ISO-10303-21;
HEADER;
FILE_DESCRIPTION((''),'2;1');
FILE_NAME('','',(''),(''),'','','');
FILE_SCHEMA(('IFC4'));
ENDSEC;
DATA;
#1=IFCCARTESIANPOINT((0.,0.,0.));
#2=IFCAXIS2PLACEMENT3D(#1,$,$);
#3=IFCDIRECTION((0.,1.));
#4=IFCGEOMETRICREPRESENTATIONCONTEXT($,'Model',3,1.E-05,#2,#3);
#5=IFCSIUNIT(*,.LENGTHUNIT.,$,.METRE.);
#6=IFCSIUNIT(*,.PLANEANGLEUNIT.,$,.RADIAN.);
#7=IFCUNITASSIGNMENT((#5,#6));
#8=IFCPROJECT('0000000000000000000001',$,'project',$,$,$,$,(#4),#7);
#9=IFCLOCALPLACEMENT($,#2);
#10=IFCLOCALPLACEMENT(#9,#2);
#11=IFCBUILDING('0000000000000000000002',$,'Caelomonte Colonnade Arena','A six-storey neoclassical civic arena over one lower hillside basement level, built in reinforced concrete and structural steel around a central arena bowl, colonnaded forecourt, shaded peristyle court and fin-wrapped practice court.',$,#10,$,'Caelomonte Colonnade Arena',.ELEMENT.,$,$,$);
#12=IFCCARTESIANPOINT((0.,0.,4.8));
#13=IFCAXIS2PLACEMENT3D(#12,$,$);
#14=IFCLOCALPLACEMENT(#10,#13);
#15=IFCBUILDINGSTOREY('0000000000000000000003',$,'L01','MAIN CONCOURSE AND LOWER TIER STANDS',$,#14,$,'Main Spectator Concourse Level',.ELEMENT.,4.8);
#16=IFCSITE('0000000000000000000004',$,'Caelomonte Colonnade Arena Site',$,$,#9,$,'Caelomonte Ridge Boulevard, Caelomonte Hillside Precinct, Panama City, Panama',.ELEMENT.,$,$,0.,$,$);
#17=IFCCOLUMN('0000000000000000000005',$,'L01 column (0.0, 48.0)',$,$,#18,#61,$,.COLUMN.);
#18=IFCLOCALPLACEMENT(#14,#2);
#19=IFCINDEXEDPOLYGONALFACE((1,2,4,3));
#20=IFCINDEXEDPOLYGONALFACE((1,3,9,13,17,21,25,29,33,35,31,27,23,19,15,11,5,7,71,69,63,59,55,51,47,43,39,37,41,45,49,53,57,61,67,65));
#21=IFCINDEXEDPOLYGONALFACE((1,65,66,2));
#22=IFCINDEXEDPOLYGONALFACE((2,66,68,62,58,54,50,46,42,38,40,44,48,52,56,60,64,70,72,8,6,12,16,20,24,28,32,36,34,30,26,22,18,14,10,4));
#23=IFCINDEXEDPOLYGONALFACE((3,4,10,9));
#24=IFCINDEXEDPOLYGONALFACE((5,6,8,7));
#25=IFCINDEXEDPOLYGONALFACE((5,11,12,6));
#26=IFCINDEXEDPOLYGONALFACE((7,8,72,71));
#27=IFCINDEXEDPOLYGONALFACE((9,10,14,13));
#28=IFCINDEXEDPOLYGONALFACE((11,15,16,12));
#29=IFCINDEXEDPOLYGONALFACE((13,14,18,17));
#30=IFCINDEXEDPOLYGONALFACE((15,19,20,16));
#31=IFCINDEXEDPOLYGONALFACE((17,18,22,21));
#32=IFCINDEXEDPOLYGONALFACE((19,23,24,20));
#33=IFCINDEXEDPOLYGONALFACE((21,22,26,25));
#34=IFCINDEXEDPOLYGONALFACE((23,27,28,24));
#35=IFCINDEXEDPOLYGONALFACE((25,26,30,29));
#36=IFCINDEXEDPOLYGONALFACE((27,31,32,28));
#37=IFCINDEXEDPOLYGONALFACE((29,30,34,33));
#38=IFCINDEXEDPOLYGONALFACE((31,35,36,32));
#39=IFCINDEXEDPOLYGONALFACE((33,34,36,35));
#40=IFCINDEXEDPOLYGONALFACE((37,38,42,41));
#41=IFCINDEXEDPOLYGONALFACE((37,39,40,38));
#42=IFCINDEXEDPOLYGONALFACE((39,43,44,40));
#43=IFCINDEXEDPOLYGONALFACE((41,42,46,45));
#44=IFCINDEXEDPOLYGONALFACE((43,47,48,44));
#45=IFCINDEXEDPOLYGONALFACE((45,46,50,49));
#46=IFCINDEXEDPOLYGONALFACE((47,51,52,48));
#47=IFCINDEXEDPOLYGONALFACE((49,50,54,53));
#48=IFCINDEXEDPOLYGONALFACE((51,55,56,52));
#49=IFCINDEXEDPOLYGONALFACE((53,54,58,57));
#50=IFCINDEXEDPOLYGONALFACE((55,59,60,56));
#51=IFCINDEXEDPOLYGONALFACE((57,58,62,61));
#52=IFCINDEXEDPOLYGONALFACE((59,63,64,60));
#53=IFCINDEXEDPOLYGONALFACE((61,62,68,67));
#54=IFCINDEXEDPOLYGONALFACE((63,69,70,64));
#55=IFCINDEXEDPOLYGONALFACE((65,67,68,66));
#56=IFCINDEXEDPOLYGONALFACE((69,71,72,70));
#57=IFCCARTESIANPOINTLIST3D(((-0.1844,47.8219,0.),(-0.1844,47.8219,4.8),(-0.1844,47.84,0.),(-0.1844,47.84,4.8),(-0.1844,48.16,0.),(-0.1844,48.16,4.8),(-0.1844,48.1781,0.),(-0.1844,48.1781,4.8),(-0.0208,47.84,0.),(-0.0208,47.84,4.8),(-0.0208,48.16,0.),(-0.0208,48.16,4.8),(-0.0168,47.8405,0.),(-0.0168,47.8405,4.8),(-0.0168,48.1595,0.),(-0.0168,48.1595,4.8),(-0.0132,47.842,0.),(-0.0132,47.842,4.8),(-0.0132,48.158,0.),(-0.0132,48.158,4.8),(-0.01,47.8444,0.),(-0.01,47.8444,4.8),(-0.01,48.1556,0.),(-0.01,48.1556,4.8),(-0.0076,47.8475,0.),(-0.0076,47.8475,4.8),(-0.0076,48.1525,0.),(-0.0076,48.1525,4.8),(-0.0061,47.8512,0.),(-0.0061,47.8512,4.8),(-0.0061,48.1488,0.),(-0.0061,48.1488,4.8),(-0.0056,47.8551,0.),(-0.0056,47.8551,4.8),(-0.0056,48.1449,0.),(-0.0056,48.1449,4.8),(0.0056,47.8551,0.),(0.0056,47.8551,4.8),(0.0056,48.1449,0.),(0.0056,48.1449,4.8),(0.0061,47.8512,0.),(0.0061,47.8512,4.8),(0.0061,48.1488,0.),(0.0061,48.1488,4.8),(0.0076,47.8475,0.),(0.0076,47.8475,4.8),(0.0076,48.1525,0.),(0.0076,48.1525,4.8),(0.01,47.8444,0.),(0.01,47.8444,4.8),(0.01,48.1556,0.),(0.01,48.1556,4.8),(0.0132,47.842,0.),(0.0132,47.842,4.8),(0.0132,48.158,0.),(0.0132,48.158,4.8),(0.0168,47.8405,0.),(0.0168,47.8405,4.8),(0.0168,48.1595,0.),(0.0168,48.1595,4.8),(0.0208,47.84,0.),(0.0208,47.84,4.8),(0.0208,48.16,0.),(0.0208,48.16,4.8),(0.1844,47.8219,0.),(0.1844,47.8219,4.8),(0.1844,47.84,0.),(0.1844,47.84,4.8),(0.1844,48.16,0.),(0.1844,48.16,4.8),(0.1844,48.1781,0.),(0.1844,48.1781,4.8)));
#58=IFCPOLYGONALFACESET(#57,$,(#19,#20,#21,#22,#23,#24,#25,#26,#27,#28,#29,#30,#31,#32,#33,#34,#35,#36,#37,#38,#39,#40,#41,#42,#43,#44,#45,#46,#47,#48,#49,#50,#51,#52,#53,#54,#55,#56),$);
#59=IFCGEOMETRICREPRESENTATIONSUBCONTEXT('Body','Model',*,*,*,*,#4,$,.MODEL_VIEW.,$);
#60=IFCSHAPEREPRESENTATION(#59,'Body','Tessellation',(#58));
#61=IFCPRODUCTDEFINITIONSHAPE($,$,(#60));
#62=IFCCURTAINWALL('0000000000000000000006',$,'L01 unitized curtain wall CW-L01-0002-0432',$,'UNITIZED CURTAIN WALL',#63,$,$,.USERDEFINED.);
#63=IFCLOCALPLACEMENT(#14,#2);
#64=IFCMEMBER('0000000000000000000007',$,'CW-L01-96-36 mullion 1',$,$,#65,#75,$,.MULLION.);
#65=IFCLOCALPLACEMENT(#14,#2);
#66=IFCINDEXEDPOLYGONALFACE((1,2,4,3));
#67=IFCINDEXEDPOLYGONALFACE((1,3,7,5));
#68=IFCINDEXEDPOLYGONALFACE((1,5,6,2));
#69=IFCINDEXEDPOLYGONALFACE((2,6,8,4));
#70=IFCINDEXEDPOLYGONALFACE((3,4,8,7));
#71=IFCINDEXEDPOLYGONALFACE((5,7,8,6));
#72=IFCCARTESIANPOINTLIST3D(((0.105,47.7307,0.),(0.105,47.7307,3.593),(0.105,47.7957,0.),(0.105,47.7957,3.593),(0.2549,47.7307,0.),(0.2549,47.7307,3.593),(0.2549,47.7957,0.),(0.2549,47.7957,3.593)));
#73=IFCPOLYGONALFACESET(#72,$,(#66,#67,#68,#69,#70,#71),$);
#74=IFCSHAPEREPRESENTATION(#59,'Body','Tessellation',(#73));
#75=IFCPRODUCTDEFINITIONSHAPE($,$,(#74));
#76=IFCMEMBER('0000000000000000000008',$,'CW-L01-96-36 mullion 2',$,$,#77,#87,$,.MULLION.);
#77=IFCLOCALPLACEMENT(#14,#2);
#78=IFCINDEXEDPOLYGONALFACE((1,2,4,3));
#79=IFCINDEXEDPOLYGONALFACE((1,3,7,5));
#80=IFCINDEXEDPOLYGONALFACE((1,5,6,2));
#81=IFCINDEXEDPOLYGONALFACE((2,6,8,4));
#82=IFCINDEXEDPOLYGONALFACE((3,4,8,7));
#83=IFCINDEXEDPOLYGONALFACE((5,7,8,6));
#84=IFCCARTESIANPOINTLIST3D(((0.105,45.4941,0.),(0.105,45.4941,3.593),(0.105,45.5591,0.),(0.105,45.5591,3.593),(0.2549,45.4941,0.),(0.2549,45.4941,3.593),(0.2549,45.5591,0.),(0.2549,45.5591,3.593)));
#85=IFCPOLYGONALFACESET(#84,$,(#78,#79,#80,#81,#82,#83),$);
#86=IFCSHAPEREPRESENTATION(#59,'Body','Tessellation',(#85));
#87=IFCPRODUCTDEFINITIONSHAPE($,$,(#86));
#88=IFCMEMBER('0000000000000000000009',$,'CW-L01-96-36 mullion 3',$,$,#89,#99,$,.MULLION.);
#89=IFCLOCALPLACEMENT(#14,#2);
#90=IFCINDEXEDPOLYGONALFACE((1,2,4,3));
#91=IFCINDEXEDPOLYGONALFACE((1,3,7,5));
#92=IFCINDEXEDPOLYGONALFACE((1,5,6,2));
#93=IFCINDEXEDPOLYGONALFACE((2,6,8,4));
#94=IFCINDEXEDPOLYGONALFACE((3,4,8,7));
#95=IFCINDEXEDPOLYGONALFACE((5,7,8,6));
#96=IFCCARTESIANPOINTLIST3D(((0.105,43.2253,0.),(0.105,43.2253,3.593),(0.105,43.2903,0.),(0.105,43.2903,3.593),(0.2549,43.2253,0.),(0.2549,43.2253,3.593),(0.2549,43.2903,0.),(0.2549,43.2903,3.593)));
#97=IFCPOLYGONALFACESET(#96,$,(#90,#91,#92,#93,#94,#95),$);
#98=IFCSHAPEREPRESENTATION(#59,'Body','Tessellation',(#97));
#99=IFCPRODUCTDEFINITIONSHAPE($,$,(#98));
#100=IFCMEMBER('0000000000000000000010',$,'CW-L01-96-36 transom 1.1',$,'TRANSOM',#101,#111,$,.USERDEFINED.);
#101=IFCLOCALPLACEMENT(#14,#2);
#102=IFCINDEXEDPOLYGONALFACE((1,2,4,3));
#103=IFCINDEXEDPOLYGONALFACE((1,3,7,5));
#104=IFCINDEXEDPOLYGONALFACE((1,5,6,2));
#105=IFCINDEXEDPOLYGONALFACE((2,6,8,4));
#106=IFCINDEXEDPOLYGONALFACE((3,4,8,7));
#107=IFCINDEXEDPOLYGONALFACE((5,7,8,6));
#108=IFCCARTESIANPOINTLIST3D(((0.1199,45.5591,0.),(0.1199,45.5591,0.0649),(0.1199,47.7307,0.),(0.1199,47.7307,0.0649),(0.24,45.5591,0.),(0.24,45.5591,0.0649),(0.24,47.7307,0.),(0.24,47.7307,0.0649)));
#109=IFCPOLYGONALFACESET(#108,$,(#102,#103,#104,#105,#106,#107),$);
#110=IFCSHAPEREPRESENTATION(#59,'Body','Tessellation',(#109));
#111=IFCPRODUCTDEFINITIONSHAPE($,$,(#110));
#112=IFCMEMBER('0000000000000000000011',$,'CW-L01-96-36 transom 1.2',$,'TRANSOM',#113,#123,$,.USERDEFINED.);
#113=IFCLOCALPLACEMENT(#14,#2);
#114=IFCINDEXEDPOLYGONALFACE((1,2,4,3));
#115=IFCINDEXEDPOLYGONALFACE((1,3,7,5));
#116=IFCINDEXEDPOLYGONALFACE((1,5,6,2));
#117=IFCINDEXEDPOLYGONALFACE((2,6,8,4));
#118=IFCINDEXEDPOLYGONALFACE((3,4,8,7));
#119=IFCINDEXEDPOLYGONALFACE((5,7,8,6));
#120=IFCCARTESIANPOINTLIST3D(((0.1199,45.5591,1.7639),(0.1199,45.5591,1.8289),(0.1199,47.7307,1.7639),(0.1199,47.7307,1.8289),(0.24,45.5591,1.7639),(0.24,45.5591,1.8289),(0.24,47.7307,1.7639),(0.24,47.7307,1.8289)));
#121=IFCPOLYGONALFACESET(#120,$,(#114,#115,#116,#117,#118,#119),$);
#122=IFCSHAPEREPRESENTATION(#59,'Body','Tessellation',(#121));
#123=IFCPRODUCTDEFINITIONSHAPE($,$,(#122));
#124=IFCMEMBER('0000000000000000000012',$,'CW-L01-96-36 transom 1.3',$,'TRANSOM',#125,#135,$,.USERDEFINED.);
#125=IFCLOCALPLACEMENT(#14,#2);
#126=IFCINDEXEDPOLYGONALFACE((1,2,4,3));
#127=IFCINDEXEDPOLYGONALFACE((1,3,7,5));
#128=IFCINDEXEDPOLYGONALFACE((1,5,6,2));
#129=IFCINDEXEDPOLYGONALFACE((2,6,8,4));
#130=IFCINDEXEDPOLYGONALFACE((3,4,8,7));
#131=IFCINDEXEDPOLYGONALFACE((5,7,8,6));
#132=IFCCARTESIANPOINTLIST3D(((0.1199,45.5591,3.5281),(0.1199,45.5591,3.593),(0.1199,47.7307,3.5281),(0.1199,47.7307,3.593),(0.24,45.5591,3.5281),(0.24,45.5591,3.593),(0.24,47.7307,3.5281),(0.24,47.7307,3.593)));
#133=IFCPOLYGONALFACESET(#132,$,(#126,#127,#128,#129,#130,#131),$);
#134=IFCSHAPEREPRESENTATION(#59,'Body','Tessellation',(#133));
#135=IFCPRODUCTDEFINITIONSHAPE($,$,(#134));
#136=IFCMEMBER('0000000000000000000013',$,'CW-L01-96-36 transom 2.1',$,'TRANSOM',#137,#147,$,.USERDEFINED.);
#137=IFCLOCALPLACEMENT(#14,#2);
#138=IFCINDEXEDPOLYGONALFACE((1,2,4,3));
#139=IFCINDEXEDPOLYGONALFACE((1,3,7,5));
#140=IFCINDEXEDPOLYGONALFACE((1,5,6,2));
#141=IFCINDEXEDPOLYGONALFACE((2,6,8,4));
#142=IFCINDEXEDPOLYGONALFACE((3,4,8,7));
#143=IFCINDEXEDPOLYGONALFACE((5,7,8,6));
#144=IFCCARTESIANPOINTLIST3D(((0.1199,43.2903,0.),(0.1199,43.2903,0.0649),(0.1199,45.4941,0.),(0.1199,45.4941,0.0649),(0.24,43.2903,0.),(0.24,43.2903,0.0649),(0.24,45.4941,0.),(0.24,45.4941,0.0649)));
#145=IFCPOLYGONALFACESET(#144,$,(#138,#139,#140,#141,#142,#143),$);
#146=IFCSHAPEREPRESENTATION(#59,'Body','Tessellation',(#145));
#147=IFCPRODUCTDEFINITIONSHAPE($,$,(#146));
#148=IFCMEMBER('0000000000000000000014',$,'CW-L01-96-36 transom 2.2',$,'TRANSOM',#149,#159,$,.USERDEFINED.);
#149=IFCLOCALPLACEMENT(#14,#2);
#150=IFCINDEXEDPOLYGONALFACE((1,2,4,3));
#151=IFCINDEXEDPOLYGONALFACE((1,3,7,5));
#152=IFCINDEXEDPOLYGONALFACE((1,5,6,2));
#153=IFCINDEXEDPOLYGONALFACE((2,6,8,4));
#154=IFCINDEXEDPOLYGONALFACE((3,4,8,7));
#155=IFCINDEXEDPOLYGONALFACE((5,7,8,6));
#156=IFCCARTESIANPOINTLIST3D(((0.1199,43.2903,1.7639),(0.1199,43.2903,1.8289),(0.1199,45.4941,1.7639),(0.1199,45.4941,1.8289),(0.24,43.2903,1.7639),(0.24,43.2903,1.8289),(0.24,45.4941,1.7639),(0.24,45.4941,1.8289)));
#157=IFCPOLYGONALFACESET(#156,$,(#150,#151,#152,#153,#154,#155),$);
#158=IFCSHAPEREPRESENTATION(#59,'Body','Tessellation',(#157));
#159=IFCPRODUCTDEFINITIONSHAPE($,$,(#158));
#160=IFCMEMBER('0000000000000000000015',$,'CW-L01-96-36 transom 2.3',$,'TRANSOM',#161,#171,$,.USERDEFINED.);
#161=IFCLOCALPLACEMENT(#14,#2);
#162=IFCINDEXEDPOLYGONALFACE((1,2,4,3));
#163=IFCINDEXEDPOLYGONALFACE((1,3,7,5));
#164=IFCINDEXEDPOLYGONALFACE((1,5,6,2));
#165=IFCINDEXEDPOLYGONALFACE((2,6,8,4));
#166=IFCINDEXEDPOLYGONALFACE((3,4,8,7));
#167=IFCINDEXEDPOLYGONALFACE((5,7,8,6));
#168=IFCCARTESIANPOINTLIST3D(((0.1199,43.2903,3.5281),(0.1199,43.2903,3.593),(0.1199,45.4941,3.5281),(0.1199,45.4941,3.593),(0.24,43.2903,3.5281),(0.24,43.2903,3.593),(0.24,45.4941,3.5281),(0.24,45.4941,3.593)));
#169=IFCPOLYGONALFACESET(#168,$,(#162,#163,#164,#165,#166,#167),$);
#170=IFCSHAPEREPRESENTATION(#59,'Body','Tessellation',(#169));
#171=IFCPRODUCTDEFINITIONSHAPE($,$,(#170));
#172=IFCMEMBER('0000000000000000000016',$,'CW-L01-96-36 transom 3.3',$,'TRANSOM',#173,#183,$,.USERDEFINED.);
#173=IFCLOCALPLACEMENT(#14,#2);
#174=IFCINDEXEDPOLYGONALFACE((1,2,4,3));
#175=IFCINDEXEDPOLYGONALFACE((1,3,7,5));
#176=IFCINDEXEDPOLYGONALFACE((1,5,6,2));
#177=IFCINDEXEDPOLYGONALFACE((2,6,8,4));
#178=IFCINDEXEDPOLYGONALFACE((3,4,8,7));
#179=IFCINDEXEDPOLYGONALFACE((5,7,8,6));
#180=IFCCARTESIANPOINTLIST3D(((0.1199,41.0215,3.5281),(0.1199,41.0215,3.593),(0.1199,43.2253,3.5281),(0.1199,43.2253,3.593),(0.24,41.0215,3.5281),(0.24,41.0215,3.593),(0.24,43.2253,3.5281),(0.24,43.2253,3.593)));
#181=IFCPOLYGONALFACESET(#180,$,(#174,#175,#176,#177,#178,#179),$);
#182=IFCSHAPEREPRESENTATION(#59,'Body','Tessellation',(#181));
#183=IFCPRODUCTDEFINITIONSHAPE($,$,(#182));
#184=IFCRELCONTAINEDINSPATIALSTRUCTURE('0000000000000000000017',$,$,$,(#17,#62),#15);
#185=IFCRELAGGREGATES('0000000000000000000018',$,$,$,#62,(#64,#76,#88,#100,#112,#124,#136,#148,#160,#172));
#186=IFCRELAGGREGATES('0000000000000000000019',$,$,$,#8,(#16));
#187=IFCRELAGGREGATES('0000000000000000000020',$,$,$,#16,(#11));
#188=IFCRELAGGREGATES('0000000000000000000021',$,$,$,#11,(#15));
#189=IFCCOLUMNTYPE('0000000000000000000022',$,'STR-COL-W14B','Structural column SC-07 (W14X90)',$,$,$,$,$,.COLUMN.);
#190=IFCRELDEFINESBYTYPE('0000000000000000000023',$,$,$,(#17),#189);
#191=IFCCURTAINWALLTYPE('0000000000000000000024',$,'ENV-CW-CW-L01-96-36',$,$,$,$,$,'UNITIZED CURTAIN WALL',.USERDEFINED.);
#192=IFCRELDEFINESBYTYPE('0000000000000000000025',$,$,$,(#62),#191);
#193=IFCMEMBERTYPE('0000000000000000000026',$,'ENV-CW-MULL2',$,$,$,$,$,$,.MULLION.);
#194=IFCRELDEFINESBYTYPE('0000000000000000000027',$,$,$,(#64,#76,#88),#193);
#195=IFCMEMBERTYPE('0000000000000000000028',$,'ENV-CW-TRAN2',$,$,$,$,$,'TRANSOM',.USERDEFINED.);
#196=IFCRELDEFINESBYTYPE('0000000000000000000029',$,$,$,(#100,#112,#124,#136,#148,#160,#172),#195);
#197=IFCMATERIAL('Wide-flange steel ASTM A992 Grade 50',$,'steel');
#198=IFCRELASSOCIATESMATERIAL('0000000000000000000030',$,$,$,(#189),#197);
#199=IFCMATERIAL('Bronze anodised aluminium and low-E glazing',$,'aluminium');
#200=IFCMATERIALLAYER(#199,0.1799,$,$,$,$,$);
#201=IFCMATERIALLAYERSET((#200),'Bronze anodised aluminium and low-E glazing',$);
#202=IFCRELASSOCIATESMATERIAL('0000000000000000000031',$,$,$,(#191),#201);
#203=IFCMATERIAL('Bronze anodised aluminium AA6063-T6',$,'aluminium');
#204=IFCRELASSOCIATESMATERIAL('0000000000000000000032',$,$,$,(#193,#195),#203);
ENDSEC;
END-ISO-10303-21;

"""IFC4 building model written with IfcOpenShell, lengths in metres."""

from ifc_helpers import new_model, si_unit, direction, frame, origin, origin_2d, place, context, subcontext, project, spatial, rectangle, i_section, extrude, material, layer, layer_set, material_profile, profile_set, type_object, element, aggregate, save


model = new_model("IFC4")

# Units and contexts
model_context = context("Model", 3, precision=1e-05, world=origin(), true_north=direction((0.0, 1.0)))
body_context = subcontext(model_context, "Body", "Model", "MODEL_VIEW")
ifc_project = project(units=[si_unit("LENGTHUNIT", "METRE"), si_unit("PLANEANGLEUNIT", "RADIAN")], contexts=[model_context])

# Site, building, storey
site_placement = place(None, origin())
site = spatial("IfcSite", under=ifc_project, at=site_placement, Name="Caelomonte Colonnade Arena Site", LongName="Caelomonte Ridge Boulevard, Caelomonte Hillside Precinct, Panama City, Panama", CompositionType="ELEMENT", RefElevation=0.0)
building_placement = place(site_placement, origin())
building = spatial("IfcBuilding", under=site, at=building_placement, Name="Caelomonte Colonnade Arena", Description="A six-storey neoclassical civic arena over one lower hillside basement level, built in reinforced concrete and structural steel around a central arena bowl, colonnaded forecourt, shaded peristyle court and fin-wrapped practice court.", LongName="Caelomonte Colonnade Arena", CompositionType="ELEMENT")
storey_placement = place(building_placement, frame((0.0, 0.0, 4.8)))
storey = spatial("IfcBuildingStorey", under=building, at=storey_placement, Name="L01", Description="MAIN CONCOURSE AND LOWER TIER STANDS", LongName="Main Spectator Concourse Level", CompositionType="ELEMENT", Elevation=4.8)

# Column
ifc_material_1 = material(Name="Wide-flange steel ASTM A992 Grade 50", Category="steel")
ifc_material_profile_1 = material_profile(ifc_material_1, i_section(OverallWidth=0.3689, OverallDepth=0.3562, WebThickness=0.0112, FlangeThickness=0.0181, FilletRadius=0.0151, at=origin_2d()), Name="W14X90")
ifc_profile_set_1 = profile_set([ifc_material_profile_1], Name="Wide-flange steel ASTM A992 Grade 50")
column_type = type_object("IfcColumnType", Name="STR-COL-W14B", Description="Structural column SC-07 (W14X90)", PredefinedType="COLUMN", material=ifc_profile_set_1)
column_placement = place(storey_placement, frame((0.0, 48.0, 0.0), z_axis=(0.0, 0.0, 1.0), x_axis=(1.0, 0.0, 0.0)))
element("IfcColumn", 1, at=column_placement, inside=storey, type_object=column_type, Name="L01 column (0.0, 48.0)", PredefinedType="COLUMN", context=body_context, shape_type="SweptSolid", body=[
    extrude(i_section(OverallWidth=0.3689, OverallDepth=0.3562, WebThickness=0.0112, FlangeThickness=0.0181, FilletRadius=0.0151, at=origin_2d()), origin(), (0.0, 0.0, 1.0), 4.8),
])

# Curtain wall, members
ifc_material_2 = material(Name="Bronze anodised aluminium and low-E glazing", Category="aluminium")
ifc_layer_1 = layer(ifc_material_2, 0.1799)
ifc_layer_set_1 = layer_set([ifc_layer_1], Name="Bronze anodised aluminium and low-E glazing")
curtain_wall_type = type_object("IfcCurtainWallType", Name="ENV-CW-CW-L01-96-36", ElementType="UNITIZED CURTAIN WALL", PredefinedType="USERDEFINED", material=ifc_layer_set_1)
curtain_wall_placement = place(storey_placement, origin())
curtain_wall = element("IfcCurtainWall", 2, at=curtain_wall_placement, inside=storey, type_object=curtain_wall_type, Name="L01 unitized curtain wall CW-L01-0002-0432", ObjectType="UNITIZED CURTAIN WALL", PredefinedType="USERDEFINED")
ifc_material_3 = material(Name="Bronze anodised aluminium AA6063-T6", Category="aluminium")
ifc_material_profile_2 = material_profile(ifc_material_3, rectangle(XDim=0.0649, YDim=0.1499, at=origin_2d()), Name="CWM-65X150")
ifc_profile_set_2 = profile_set([ifc_material_profile_2], Name="Bronze anodised aluminium AA6063-T6")
member_type_1 = type_object("IfcMemberType", Name="ENV-CW-MULL2", PredefinedType="MULLION", material=ifc_profile_set_2)
member_1_placement = place(storey_placement, frame((0.1799, 47.7632, 0.0), z_axis=(0.0, 0.0, 1.0), x_axis=(0.0, -1.0, 0.0)))
member_1 = element("IfcMember", 3, at=member_1_placement, type_object=member_type_1, Name="CW-L01-96-36 mullion 1", PredefinedType="MULLION", context=body_context, shape_type="SweptSolid", body=[
    extrude(rectangle(XDim=0.0649, YDim=0.1499, at=origin_2d()), origin(), (0.0, 0.0, 1.0), 3.593),
])
member_2_placement = place(storey_placement, frame((0.1799, 45.5266, 0.0), z_axis=(0.0, 0.0, 1.0), x_axis=(0.0, -1.0, 0.0)))
member_2 = element("IfcMember", 4, at=member_2_placement, type_object=member_type_1, Name="CW-L01-96-36 mullion 2", PredefinedType="MULLION", context=body_context, shape_type="SweptSolid", body=[
    extrude(rectangle(XDim=0.0649, YDim=0.1499, at=origin_2d()), origin(), (0.0, 0.0, 1.0), 3.593),
])
member_3_placement = place(storey_placement, frame((0.1799, 43.2578, 0.0), z_axis=(0.0, 0.0, 1.0), x_axis=(0.0, -1.0, 0.0)))
member_3 = element("IfcMember", 5, at=member_3_placement, type_object=member_type_1, Name="CW-L01-96-36 mullion 3", PredefinedType="MULLION", context=body_context, shape_type="SweptSolid", body=[
    extrude(rectangle(XDim=0.0649, YDim=0.1499, at=origin_2d()), origin(), (0.0, 0.0, 1.0), 3.593),
])
ifc_material_profile_3 = material_profile(ifc_material_3, rectangle(XDim=0.0649, YDim=0.1201, at=origin_2d()), Name="CWT-65X120")
ifc_profile_set_3 = profile_set([ifc_material_profile_3], Name="Bronze anodised aluminium AA6063-T6")
member_type_2 = type_object("IfcMemberType", Name="ENV-CW-TRAN2", ElementType="TRANSOM", PredefinedType="USERDEFINED", material=ifc_profile_set_3)
member_4_placement = place(storey_placement, frame((0.1799, 47.7307, 0.0325), z_axis=(0.0, -1.0, 0.0), x_axis=(0.0, 0.0, 1.0)))
member_4 = element("IfcMember", 6, at=member_4_placement, type_object=member_type_2, Name="CW-L01-96-36 transom 1.1", ObjectType="TRANSOM", PredefinedType="USERDEFINED", context=body_context, shape_type="SweptSolid", body=[
    extrude(rectangle(XDim=0.0649, YDim=0.1201, at=origin_2d()), origin(), (0.0, 0.0, 1.0), 2.1716),
])
member_5_placement = place(storey_placement, frame((0.1799, 47.7307, 1.7964), z_axis=(0.0, -1.0, 0.0), x_axis=(0.0, 0.0, 1.0)))
member_5 = element("IfcMember", 7, at=member_5_placement, type_object=member_type_2, Name="CW-L01-96-36 transom 1.2", ObjectType="TRANSOM", PredefinedType="USERDEFINED", context=body_context, shape_type="SweptSolid", body=[
    extrude(rectangle(XDim=0.0649, YDim=0.1201, at=origin_2d()), origin(), (0.0, 0.0, 1.0), 2.1716),
])
member_6_placement = place(storey_placement, frame((0.1799, 47.7307, 3.5605), z_axis=(0.0, -1.0, 0.0), x_axis=(0.0, 0.0, 1.0)))
member_6 = element("IfcMember", 8, at=member_6_placement, type_object=member_type_2, Name="CW-L01-96-36 transom 1.3", ObjectType="TRANSOM", PredefinedType="USERDEFINED", context=body_context, shape_type="SweptSolid", body=[
    extrude(rectangle(XDim=0.0649, YDim=0.1201, at=origin_2d()), origin(), (0.0, 0.0, 1.0), 2.1716),
])
member_7_placement = place(storey_placement, frame((0.1799, 45.4941, 0.0325), z_axis=(0.0, -1.0, 0.0), x_axis=(0.0, 0.0, 1.0)))
member_7 = element("IfcMember", 9, at=member_7_placement, type_object=member_type_2, Name="CW-L01-96-36 transom 2.1", ObjectType="TRANSOM", PredefinedType="USERDEFINED", context=body_context, shape_type="SweptSolid", body=[
    extrude(rectangle(XDim=0.0649, YDim=0.1201, at=origin_2d()), origin(), (0.0, 0.0, 1.0), 2.2039),
])
member_8_placement = place(storey_placement, frame((0.1799, 45.4941, 1.7964), z_axis=(0.0, -1.0, 0.0), x_axis=(0.0, 0.0, 1.0)))
member_8 = element("IfcMember", 10, at=member_8_placement, type_object=member_type_2, Name="CW-L01-96-36 transom 2.2", ObjectType="TRANSOM", PredefinedType="USERDEFINED", context=body_context, shape_type="SweptSolid", body=[
    extrude(rectangle(XDim=0.0649, YDim=0.1201, at=origin_2d()), origin(), (0.0, 0.0, 1.0), 2.2039),
])
member_9_placement = place(storey_placement, frame((0.1799, 45.4941, 3.5605), z_axis=(0.0, -1.0, 0.0), x_axis=(0.0, 0.0, 1.0)))
member_9 = element("IfcMember", 11, at=member_9_placement, type_object=member_type_2, Name="CW-L01-96-36 transom 2.3", ObjectType="TRANSOM", PredefinedType="USERDEFINED", context=body_context, shape_type="SweptSolid", body=[
    extrude(rectangle(XDim=0.0649, YDim=0.1201, at=origin_2d()), origin(), (0.0, 0.0, 1.0), 2.2039),
])
member_10_placement = place(storey_placement, frame((0.1799, 43.2253, 3.5605), z_axis=(0.0, -1.0, 0.0), x_axis=(0.0, 0.0, 1.0)))
member_10 = element("IfcMember", 12, at=member_10_placement, type_object=member_type_2, Name="CW-L01-96-36 transom 3.3", ObjectType="TRANSOM", PredefinedType="USERDEFINED", context=body_context, shape_type="SweptSolid", body=[
    extrude(rectangle(XDim=0.0649, YDim=0.1201, at=origin_2d()), origin(), (0.0, 0.0, 1.0), 2.2039),
])

aggregate(curtain_wall, [member_1, member_2, member_3, member_4, member_5, member_6, member_7, member_8, member_9, member_10])

save(model, "model.ifc")
